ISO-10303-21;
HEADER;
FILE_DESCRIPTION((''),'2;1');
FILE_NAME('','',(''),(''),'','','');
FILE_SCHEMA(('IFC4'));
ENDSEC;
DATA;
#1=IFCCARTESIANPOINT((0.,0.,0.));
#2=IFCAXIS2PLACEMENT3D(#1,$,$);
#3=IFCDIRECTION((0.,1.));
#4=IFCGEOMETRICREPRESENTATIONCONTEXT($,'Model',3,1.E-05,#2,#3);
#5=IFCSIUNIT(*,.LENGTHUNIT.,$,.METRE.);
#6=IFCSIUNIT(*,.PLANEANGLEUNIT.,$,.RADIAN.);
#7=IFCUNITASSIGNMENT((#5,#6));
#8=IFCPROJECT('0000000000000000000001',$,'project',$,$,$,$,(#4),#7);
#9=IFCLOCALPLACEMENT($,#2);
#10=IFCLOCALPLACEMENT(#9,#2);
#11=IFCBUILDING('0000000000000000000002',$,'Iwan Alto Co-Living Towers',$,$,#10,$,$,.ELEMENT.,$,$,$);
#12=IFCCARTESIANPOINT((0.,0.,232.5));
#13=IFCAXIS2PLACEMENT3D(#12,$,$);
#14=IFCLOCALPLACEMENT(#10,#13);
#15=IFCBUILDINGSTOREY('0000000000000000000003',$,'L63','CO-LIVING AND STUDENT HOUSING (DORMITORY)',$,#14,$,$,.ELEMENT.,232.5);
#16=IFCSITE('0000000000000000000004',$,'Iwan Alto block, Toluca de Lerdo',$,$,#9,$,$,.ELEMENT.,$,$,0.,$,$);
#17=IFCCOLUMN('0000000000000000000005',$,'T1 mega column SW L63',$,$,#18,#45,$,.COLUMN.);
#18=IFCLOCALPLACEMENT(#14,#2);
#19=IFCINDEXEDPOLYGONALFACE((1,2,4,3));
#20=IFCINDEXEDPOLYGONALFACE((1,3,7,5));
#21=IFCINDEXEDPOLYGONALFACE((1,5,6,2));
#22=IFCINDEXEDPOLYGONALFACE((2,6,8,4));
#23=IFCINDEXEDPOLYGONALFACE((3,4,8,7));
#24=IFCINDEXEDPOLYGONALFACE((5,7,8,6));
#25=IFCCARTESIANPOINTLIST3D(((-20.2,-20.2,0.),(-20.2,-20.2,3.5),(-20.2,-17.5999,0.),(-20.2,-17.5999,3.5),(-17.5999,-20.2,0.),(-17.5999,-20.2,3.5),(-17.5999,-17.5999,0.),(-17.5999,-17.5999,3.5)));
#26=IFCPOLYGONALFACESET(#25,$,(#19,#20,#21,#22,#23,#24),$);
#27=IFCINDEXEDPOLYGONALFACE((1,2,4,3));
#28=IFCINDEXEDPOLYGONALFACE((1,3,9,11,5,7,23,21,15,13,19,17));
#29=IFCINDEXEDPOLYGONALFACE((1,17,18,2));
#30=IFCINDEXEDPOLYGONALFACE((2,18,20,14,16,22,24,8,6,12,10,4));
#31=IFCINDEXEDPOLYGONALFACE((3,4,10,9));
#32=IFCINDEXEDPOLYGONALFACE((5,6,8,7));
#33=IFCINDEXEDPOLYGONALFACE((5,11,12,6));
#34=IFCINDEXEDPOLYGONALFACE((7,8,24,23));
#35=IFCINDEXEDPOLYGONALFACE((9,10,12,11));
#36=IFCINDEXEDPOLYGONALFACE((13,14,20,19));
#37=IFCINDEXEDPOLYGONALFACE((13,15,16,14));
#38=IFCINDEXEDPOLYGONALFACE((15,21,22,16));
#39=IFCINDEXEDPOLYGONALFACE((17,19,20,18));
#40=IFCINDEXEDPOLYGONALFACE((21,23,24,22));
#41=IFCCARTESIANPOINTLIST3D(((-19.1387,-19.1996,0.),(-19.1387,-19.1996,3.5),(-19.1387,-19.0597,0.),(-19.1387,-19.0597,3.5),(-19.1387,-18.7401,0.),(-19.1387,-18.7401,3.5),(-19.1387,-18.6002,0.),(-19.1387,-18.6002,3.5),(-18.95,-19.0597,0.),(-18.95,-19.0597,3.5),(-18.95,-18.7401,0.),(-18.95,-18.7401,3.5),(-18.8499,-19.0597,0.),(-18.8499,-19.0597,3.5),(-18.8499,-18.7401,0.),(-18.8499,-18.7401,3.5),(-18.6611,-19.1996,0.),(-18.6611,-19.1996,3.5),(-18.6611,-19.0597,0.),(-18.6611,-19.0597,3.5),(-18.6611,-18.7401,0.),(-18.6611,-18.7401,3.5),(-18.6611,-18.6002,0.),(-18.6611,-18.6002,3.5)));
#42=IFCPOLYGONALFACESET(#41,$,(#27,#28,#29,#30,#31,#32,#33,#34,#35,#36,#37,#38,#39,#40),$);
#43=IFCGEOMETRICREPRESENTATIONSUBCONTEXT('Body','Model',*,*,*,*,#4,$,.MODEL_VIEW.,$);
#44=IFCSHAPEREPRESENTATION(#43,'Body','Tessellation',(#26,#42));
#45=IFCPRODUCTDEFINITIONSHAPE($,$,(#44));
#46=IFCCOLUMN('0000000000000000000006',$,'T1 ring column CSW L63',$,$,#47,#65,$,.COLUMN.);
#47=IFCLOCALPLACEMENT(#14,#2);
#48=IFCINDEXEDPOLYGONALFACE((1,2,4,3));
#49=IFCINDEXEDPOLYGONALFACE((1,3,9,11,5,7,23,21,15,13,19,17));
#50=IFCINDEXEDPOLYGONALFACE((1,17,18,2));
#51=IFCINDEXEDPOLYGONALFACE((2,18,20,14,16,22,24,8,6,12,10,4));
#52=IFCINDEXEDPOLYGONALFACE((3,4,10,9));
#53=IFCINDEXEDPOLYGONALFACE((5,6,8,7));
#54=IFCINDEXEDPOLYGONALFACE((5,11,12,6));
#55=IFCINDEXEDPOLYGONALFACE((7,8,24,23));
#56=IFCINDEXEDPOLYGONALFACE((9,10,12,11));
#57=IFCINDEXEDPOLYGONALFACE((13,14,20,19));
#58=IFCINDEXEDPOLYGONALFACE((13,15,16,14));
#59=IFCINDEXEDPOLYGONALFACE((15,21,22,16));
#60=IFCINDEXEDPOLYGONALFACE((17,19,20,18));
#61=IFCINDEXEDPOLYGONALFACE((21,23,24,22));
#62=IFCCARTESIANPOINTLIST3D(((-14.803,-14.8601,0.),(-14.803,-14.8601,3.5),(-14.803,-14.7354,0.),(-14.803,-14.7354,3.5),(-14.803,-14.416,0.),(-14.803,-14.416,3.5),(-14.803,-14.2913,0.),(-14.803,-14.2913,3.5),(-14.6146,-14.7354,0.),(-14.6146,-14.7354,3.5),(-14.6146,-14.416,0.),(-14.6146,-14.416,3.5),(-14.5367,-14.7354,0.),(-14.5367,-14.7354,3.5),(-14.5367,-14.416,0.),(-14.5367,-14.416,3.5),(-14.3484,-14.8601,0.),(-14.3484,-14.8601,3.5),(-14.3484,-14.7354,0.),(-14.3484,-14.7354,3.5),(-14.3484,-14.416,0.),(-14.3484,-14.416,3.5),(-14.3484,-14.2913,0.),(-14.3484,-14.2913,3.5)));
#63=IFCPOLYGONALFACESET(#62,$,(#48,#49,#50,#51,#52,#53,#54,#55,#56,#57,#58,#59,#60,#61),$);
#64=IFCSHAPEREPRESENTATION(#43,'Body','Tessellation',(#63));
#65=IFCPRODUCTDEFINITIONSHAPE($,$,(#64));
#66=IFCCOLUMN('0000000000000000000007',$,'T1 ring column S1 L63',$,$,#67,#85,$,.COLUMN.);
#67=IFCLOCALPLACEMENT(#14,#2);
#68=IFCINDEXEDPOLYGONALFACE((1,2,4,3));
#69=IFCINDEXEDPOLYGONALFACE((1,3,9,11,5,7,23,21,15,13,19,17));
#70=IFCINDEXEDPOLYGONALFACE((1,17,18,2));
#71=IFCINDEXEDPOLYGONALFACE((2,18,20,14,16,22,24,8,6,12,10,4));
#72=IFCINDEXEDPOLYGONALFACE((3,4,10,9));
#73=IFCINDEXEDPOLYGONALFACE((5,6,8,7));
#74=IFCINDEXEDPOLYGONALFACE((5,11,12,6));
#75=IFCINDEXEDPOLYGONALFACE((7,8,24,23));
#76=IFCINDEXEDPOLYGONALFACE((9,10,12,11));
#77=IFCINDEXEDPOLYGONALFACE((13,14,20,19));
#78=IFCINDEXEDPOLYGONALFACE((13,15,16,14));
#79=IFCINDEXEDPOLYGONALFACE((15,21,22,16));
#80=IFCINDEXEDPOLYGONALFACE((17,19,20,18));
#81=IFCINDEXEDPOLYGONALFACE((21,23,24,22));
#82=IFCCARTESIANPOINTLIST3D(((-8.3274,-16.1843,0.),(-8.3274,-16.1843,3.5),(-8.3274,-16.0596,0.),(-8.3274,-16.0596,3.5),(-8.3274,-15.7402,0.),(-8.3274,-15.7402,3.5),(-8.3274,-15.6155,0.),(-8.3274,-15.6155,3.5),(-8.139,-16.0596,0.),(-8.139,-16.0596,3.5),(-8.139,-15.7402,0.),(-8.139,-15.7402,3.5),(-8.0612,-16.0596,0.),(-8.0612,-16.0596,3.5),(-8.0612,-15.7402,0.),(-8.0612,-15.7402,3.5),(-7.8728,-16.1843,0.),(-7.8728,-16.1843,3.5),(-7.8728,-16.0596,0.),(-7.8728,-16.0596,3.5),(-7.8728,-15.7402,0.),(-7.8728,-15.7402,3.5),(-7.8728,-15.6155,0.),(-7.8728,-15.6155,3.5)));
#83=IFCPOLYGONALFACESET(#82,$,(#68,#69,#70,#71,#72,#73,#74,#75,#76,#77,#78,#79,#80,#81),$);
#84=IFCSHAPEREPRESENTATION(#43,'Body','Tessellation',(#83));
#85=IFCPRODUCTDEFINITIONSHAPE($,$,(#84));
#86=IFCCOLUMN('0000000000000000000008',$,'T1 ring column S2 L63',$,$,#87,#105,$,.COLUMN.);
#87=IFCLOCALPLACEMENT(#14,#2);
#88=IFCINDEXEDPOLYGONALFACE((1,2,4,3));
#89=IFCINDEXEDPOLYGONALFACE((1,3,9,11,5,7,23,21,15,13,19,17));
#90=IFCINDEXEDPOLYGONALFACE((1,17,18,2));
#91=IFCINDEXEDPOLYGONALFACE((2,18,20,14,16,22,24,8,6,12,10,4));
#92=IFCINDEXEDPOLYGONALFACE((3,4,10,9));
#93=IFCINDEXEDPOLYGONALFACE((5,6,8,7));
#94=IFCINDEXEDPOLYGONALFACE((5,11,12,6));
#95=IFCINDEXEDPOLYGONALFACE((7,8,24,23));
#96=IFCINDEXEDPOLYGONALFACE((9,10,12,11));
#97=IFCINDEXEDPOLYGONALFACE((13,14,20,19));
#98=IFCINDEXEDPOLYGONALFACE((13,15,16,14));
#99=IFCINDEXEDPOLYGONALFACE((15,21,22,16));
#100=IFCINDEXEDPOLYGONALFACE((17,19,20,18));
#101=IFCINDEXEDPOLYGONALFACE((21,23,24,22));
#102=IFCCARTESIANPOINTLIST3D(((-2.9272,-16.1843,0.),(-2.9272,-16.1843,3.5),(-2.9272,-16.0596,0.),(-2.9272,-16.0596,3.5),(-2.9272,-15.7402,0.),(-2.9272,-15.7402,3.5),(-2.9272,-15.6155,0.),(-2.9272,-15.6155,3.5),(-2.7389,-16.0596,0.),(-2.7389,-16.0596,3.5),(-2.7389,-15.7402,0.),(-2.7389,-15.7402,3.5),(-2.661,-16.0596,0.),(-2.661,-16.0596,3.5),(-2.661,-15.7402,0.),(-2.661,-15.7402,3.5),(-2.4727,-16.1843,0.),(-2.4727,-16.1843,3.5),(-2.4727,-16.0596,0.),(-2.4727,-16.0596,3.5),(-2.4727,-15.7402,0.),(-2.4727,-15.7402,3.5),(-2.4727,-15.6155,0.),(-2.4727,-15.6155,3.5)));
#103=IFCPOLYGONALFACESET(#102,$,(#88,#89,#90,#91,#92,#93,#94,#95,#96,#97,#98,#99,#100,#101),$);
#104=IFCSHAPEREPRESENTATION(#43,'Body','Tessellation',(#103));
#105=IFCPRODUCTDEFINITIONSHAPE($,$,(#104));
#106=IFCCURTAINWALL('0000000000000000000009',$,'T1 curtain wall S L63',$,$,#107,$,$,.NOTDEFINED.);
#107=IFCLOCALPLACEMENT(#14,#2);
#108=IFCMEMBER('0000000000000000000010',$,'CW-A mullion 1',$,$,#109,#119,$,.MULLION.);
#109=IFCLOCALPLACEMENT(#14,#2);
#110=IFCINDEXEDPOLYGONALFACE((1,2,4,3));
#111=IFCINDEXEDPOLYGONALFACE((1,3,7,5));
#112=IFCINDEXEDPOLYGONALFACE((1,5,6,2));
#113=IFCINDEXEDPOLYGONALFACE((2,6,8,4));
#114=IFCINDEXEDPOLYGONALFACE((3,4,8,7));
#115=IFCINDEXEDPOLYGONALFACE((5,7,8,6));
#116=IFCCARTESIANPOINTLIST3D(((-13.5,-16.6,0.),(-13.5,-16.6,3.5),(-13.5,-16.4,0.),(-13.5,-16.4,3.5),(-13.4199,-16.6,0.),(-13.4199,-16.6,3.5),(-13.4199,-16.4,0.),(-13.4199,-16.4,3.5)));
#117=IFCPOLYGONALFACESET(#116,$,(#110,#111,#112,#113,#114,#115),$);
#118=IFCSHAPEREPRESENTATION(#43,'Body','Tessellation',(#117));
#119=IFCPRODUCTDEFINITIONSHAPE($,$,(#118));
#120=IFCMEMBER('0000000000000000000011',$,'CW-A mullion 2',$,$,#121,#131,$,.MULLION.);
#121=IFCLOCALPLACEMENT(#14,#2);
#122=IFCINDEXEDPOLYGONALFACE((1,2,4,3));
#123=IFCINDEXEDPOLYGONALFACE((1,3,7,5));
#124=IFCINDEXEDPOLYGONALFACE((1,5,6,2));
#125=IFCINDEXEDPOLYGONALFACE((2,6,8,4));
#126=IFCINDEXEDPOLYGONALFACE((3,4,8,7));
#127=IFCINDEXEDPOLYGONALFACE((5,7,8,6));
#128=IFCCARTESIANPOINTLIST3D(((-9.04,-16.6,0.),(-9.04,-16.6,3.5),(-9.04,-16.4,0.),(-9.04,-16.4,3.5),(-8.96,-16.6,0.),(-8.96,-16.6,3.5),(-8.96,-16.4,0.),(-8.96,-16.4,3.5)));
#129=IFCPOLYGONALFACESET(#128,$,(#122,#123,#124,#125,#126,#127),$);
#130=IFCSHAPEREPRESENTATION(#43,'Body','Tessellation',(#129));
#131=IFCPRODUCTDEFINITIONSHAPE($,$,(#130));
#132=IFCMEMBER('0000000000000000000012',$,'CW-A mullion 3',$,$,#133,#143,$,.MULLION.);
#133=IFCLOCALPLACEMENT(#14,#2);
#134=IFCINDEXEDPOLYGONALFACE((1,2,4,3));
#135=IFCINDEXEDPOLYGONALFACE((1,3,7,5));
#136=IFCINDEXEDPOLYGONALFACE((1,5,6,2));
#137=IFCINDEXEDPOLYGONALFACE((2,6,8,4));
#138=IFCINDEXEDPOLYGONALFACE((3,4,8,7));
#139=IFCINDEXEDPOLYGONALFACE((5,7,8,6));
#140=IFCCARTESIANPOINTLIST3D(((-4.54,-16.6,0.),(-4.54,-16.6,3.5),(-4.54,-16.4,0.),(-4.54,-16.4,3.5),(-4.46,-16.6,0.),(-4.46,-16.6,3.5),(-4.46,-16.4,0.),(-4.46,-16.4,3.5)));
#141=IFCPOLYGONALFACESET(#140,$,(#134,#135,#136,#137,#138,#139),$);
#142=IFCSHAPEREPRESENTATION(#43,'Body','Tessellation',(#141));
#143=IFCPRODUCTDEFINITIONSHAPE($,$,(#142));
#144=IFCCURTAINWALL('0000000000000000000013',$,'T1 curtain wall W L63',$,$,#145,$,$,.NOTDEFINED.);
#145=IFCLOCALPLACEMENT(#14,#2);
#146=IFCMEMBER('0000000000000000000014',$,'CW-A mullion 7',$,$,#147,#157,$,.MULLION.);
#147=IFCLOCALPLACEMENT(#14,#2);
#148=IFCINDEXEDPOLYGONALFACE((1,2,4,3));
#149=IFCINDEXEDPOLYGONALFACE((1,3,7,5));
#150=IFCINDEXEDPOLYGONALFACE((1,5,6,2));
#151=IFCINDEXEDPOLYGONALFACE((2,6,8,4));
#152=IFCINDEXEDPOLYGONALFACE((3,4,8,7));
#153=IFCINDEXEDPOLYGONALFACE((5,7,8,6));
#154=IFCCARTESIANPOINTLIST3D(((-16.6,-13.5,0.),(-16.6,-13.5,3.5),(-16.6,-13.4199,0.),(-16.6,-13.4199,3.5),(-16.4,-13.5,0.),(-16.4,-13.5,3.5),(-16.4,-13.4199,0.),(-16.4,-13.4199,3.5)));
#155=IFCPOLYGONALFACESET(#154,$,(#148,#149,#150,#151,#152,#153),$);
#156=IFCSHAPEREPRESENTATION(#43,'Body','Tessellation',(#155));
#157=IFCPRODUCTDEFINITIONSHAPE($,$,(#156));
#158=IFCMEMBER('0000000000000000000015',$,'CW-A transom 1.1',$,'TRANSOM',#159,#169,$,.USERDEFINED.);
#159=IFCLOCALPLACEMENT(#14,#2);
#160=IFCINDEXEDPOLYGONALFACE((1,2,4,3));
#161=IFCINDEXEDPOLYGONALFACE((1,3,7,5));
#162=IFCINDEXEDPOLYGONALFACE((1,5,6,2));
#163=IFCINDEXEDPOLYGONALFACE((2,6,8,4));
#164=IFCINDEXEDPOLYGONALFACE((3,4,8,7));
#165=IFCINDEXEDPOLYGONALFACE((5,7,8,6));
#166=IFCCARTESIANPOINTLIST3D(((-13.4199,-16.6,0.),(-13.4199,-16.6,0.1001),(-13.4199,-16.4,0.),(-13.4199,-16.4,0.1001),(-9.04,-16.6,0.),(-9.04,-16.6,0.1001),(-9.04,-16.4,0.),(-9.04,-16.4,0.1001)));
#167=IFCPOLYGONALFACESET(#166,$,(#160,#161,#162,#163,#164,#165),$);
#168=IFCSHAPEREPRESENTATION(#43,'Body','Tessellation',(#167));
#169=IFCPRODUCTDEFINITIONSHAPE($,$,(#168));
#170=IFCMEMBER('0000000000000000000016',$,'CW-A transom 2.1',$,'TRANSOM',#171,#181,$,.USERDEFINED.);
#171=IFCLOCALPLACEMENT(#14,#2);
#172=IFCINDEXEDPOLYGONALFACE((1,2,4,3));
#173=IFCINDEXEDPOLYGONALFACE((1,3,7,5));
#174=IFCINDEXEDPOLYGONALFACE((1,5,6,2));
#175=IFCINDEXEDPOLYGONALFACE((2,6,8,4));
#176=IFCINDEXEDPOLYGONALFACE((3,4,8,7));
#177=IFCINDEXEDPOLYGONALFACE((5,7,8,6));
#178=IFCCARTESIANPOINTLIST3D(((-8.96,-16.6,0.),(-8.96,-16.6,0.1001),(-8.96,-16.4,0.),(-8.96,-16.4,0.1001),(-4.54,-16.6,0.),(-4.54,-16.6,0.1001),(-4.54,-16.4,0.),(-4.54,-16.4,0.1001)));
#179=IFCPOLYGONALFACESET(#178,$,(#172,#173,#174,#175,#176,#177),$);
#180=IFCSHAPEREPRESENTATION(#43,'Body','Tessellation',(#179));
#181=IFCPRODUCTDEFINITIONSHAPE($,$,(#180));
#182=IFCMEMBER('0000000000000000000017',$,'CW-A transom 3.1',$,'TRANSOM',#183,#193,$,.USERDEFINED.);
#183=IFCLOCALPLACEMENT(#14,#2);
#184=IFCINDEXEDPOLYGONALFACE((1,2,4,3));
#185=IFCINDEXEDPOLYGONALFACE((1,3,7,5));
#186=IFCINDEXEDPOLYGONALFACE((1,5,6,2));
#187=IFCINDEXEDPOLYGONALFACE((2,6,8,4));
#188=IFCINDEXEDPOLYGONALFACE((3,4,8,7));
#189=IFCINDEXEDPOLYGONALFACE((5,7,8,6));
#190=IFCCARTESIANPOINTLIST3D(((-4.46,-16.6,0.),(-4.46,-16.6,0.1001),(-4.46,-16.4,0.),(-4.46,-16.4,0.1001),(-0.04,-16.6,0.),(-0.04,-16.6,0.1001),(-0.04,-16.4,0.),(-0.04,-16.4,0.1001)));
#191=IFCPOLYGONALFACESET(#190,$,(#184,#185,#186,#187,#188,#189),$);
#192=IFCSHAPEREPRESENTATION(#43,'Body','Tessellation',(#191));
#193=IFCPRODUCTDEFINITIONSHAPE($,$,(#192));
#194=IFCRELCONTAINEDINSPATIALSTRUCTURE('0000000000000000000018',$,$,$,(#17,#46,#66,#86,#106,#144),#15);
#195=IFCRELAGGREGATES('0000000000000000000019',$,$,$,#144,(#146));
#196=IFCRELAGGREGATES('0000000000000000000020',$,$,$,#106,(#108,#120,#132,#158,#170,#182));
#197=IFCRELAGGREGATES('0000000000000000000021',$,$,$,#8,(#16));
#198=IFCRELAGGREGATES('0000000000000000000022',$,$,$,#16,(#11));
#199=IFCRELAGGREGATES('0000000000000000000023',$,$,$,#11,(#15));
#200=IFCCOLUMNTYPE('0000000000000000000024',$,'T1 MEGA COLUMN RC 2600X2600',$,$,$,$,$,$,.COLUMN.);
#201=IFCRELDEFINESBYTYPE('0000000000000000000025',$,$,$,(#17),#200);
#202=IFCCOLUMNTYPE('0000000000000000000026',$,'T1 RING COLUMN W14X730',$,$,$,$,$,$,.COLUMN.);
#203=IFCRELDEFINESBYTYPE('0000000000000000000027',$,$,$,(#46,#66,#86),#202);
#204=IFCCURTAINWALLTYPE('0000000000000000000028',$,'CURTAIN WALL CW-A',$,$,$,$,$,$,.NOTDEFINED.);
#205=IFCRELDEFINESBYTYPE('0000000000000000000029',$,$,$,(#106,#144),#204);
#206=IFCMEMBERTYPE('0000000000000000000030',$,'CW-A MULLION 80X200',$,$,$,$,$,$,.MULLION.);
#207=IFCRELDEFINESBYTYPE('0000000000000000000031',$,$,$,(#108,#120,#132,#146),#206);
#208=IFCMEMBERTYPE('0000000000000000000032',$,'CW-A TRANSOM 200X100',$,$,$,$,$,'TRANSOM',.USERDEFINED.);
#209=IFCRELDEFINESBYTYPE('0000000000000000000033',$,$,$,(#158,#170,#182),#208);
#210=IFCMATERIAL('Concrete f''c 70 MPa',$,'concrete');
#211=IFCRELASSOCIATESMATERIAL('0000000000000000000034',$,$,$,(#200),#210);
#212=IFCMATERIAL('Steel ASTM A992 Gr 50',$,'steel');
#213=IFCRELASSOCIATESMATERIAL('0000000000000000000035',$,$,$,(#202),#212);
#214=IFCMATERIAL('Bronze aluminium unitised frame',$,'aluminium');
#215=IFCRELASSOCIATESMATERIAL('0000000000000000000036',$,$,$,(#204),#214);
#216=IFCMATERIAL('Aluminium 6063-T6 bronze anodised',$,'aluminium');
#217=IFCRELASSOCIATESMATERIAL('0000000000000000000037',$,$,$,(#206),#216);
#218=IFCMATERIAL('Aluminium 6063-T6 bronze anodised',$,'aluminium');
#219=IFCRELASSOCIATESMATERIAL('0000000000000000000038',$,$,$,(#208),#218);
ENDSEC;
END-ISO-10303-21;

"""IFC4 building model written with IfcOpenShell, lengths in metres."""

from ifc_helpers import new_model, si_unit, direction, frame, origin, origin_2d, place, context, subcontext, project, spatial, rectangle, i_section, extrude, material, material_profile, profile_set, type_object, element, aggregate, save


model = new_model("IFC4")

# Units and contexts
model_context = context("Model", 3, precision=1e-05, world=origin(), true_north=direction((0.0, 1.0)))
body_context = subcontext(model_context, "Body", "Model", "MODEL_VIEW")
ifc_project = project(units=[si_unit("LENGTHUNIT", "METRE"), si_unit("PLANEANGLEUNIT", "RADIAN")], contexts=[model_context])

# Site, building, storey
site_placement = place(None, origin())
site = spatial("IfcSite", under=ifc_project, at=site_placement, Name="Iwan Alto block, Toluca de Lerdo", CompositionType="ELEMENT", RefElevation=0.0)
building_placement = place(site_placement, origin())
building = spatial("IfcBuilding", under=site, at=building_placement, Name="Iwan Alto Co-Living Towers", CompositionType="ELEMENT")
storey_placement = place(building_placement, frame((0.0, 0.0, 232.5)))
storey = spatial("IfcBuildingStorey", under=building, at=storey_placement, Name="L63", Description="CO-LIVING AND STUDENT HOUSING (DORMITORY)", CompositionType="ELEMENT", Elevation=232.5)

# Columns
ifc_material_1 = material(Name="Concrete f'c 70 MPa", Category="concrete")
ifc_material_profile_1 = material_profile(ifc_material_1, rectangle(XDim=2.6001, YDim=2.6001, at=origin_2d()), Name="RC 2600X2600")
ifc_profile_set_1 = profile_set([ifc_material_profile_1], Name="Concrete f'c 70 MPa")
column_type_1 = type_object("IfcColumnType", Name="T1 MEGA COLUMN RC 2600X2600", PredefinedType="COLUMN", material=ifc_profile_set_1)
column_placement = place(storey_placement, frame((-18.8999, -18.8999, 0.0), z_axis=(0.0, 0.0, 1.0), x_axis=(1.0, 0.0, 0.0)))
element("IfcColumn", 1, at=column_placement, inside=storey, type_object=column_type_1, Name="T1 mega column SW L63", PredefinedType="COLUMN", context=body_context, shape_type="SweptSolid", body=[
    extrude(rectangle(XDim=2.6001, YDim=2.6001, at=origin_2d()), origin(), (0.0, 0.0, 1.0), 3.5),
    extrude(i_section(OverallWidth=0.4775, OverallDepth=0.5994, WebThickness=0.1001, FlangeThickness=0.1399, at=origin_2d()), origin(), (0.0, 0.0, 1.0), 3.5),
])
ifc_material_2 = material(Name="Steel ASTM A992 Gr 50", Category="steel")
ifc_material_profile_2 = material_profile(ifc_material_2, i_section(OverallWidth=0.4546, OverallDepth=0.5688, WebThickness=0.0779, FlangeThickness=0.1248, at=origin_2d()), Name="W14X730")
ifc_profile_set_2 = profile_set([ifc_material_profile_2], Name="Steel ASTM A992 Gr 50")
column_type_2 = type_object("IfcColumnType", Name="T1 RING COLUMN W14X730", PredefinedType="COLUMN", material=ifc_profile_set_2)
for number, where, z_axis, x_axis, name in (
    (2, (-14.5757, -14.5757, 0.0), (0.0, 0.0, 1.0), (1.0, 0.0, 0.0), "T1 ring column CSW L63"),
    (3, (-8.1001, -15.8999, 0.0), (0.0, 0.0, 1.0), (1.0, 0.0, 0.0), "T1 ring column S1 L63"),
    (4, (-2.7, -15.8999, 0.0), (0.0, 0.0, 1.0), (1.0, 0.0, 0.0), "T1 ring column S2 L63"),
):
    element("IfcColumn", number, at=place(storey_placement, frame(where, z_axis=z_axis, x_axis=x_axis)), inside=storey, type_object=column_type_2, Name=name, PredefinedType="COLUMN", context=body_context, shape_type="SweptSolid", body=[
        extrude(i_section(OverallWidth=0.4546, OverallDepth=0.5688, WebThickness=0.0779, FlangeThickness=0.1248, at=origin_2d()), origin(), (0.0, 0.0, 1.0), 3.5),
    ])

# Curtain wall, members
ifc_material_3 = material(Name="Bronze aluminium unitised frame", Category="aluminium")
curtain_wall_type_1 = type_object("IfcCurtainWallType", Name="CURTAIN WALL CW-A", PredefinedType="NOTDEFINED", material=ifc_material_3)
curtain_wall_1_placement = place(storey_placement, origin())
curtain_wall_1 = element("IfcCurtainWall", 5, at=curtain_wall_1_placement, inside=storey, type_object=curtain_wall_type_1, Name="T1 curtain wall S L63", PredefinedType="NOTDEFINED")
ifc_material_4 = material(Name="Aluminium 6063-T6 bronze anodised", Category="aluminium")
ifc_material_profile_3 = material_profile(ifc_material_4, rectangle(XDim=0.2, YDim=0.0801, at=origin_2d()), Name="AL 80X200")
ifc_profile_set_3 = profile_set([ifc_material_profile_3], Name="Aluminium 6063-T6 bronze anodised")
member_type_1 = type_object("IfcMemberType", Name="CW-A MULLION 80X200", PredefinedType="MULLION", material=ifc_profile_set_3)
member_1_placement = place(storey_placement, frame((-13.46, -16.5, 0.0), z_axis=(0.0, 0.0, 1.0), x_axis=(0.0, 1.0, 0.0)))
member_1 = element("IfcMember", 6, at=member_1_placement, type_object=member_type_1, Name="CW-A mullion 1", PredefinedType="MULLION", context=body_context, shape_type="SweptSolid", body=[
    extrude(rectangle(XDim=0.2, YDim=0.0801, at=origin_2d()), origin(), (0.0, 0.0, 1.0), 3.5),
])
member_2_placement = place(storey_placement, frame((-9.0, -16.5, 0.0), z_axis=(0.0, 0.0, 1.0), x_axis=(0.0, 1.0, 0.0)))
member_2 = element("IfcMember", 7, at=member_2_placement, type_object=member_type_1, Name="CW-A mullion 2", PredefinedType="MULLION", context=body_context, shape_type="SweptSolid", body=[
    extrude(rectangle(XDim=0.2, YDim=0.0801, at=origin_2d()), origin(), (0.0, 0.0, 1.0), 3.5),
])
member_3_placement = place(storey_placement, frame((-4.5, -16.5, 0.0), z_axis=(0.0, 0.0, 1.0), x_axis=(0.0, 1.0, 0.0)))
member_3 = element("IfcMember", 8, at=member_3_placement, type_object=member_type_1, Name="CW-A mullion 3", PredefinedType="MULLION", context=body_context, shape_type="SweptSolid", body=[
    extrude(rectangle(XDim=0.2, YDim=0.0801, at=origin_2d()), origin(), (0.0, 0.0, 1.0), 3.5),
])

# Curtain wall, member
curtain_wall_2_placement = place(storey_placement, origin())
curtain_wall_2 = element("IfcCurtainWall", 9, at=curtain_wall_2_placement, inside=storey, type_object=curtain_wall_type_1, Name="T1 curtain wall W L63", PredefinedType="NOTDEFINED")
member_4_placement = place(storey_placement, frame((-16.5, -13.46, 0.0), z_axis=(0.0, 0.0, 1.0), x_axis=(1.0, 0.0, 0.0)))
member_4 = element("IfcMember", 10, at=member_4_placement, type_object=member_type_1, Name="CW-A mullion 7", PredefinedType="MULLION", context=body_context, shape_type="SweptSolid", body=[
    extrude(rectangle(XDim=0.2, YDim=0.0801, at=origin_2d()), origin(), (0.0, 0.0, 1.0), 3.5),
])
aggregate(curtain_wall_2, [member_4])

# Members
ifc_material_5 = material(Name="Aluminium 6063-T6 bronze anodised", Category="aluminium")
ifc_material_profile_4 = material_profile(ifc_material_5, rectangle(XDim=0.2, YDim=0.1001, at=origin_2d()), Name="AL 200X100")
ifc_profile_set_4 = profile_set([ifc_material_profile_4], Name="Aluminium 6063-T6 bronze anodised")
member_type_2 = type_object("IfcMemberType", Name="CW-A TRANSOM 200X100", ElementType="TRANSOM", PredefinedType="USERDEFINED", material=ifc_profile_set_4)
member_5_placement = place(storey_placement, frame((-13.4199, -16.5, 0.05), z_axis=(1.0, 0.0, 0.0), x_axis=(0.0, 1.0, 0.0)))
member_5 = element("IfcMember", 11, at=member_5_placement, type_object=member_type_2, Name="CW-A transom 1.1", ObjectType="TRANSOM", PredefinedType="USERDEFINED", context=body_context, shape_type="SweptSolid", body=[
    extrude(rectangle(XDim=0.2, YDim=0.1001, at=origin_2d()), origin(), (0.0, 0.0, 1.0), 4.3799),
])
member_6_placement = place(storey_placement, frame((-8.96, -16.5, 0.05), z_axis=(1.0, 0.0, 0.0), x_axis=(0.0, 1.0, 0.0)))
member_6 = element("IfcMember", 12, at=member_6_placement, type_object=member_type_2, Name="CW-A transom 2.1", ObjectType="TRANSOM", PredefinedType="USERDEFINED", context=body_context, shape_type="SweptSolid", body=[
    extrude(rectangle(XDim=0.2, YDim=0.1001, at=origin_2d()), origin(), (0.0, 0.0, 1.0), 4.4199),
])
member_7_placement = place(storey_placement, frame((-4.46, -16.5, 0.05), z_axis=(1.0, 0.0, 0.0), x_axis=(0.0, 1.0, 0.0)))
member_7 = element("IfcMember", 13, at=member_7_placement, type_object=member_type_2, Name="CW-A transom 3.1", ObjectType="TRANSOM", PredefinedType="USERDEFINED", context=body_context, shape_type="SweptSolid", body=[
    extrude(rectangle(XDim=0.2, YDim=0.1001, at=origin_2d()), origin(), (0.0, 0.0, 1.0), 4.4199),
])

aggregate(curtain_wall_1, [member_1, member_2, member_3, member_5, member_6, member_7])

save(model, "model.ifc")
